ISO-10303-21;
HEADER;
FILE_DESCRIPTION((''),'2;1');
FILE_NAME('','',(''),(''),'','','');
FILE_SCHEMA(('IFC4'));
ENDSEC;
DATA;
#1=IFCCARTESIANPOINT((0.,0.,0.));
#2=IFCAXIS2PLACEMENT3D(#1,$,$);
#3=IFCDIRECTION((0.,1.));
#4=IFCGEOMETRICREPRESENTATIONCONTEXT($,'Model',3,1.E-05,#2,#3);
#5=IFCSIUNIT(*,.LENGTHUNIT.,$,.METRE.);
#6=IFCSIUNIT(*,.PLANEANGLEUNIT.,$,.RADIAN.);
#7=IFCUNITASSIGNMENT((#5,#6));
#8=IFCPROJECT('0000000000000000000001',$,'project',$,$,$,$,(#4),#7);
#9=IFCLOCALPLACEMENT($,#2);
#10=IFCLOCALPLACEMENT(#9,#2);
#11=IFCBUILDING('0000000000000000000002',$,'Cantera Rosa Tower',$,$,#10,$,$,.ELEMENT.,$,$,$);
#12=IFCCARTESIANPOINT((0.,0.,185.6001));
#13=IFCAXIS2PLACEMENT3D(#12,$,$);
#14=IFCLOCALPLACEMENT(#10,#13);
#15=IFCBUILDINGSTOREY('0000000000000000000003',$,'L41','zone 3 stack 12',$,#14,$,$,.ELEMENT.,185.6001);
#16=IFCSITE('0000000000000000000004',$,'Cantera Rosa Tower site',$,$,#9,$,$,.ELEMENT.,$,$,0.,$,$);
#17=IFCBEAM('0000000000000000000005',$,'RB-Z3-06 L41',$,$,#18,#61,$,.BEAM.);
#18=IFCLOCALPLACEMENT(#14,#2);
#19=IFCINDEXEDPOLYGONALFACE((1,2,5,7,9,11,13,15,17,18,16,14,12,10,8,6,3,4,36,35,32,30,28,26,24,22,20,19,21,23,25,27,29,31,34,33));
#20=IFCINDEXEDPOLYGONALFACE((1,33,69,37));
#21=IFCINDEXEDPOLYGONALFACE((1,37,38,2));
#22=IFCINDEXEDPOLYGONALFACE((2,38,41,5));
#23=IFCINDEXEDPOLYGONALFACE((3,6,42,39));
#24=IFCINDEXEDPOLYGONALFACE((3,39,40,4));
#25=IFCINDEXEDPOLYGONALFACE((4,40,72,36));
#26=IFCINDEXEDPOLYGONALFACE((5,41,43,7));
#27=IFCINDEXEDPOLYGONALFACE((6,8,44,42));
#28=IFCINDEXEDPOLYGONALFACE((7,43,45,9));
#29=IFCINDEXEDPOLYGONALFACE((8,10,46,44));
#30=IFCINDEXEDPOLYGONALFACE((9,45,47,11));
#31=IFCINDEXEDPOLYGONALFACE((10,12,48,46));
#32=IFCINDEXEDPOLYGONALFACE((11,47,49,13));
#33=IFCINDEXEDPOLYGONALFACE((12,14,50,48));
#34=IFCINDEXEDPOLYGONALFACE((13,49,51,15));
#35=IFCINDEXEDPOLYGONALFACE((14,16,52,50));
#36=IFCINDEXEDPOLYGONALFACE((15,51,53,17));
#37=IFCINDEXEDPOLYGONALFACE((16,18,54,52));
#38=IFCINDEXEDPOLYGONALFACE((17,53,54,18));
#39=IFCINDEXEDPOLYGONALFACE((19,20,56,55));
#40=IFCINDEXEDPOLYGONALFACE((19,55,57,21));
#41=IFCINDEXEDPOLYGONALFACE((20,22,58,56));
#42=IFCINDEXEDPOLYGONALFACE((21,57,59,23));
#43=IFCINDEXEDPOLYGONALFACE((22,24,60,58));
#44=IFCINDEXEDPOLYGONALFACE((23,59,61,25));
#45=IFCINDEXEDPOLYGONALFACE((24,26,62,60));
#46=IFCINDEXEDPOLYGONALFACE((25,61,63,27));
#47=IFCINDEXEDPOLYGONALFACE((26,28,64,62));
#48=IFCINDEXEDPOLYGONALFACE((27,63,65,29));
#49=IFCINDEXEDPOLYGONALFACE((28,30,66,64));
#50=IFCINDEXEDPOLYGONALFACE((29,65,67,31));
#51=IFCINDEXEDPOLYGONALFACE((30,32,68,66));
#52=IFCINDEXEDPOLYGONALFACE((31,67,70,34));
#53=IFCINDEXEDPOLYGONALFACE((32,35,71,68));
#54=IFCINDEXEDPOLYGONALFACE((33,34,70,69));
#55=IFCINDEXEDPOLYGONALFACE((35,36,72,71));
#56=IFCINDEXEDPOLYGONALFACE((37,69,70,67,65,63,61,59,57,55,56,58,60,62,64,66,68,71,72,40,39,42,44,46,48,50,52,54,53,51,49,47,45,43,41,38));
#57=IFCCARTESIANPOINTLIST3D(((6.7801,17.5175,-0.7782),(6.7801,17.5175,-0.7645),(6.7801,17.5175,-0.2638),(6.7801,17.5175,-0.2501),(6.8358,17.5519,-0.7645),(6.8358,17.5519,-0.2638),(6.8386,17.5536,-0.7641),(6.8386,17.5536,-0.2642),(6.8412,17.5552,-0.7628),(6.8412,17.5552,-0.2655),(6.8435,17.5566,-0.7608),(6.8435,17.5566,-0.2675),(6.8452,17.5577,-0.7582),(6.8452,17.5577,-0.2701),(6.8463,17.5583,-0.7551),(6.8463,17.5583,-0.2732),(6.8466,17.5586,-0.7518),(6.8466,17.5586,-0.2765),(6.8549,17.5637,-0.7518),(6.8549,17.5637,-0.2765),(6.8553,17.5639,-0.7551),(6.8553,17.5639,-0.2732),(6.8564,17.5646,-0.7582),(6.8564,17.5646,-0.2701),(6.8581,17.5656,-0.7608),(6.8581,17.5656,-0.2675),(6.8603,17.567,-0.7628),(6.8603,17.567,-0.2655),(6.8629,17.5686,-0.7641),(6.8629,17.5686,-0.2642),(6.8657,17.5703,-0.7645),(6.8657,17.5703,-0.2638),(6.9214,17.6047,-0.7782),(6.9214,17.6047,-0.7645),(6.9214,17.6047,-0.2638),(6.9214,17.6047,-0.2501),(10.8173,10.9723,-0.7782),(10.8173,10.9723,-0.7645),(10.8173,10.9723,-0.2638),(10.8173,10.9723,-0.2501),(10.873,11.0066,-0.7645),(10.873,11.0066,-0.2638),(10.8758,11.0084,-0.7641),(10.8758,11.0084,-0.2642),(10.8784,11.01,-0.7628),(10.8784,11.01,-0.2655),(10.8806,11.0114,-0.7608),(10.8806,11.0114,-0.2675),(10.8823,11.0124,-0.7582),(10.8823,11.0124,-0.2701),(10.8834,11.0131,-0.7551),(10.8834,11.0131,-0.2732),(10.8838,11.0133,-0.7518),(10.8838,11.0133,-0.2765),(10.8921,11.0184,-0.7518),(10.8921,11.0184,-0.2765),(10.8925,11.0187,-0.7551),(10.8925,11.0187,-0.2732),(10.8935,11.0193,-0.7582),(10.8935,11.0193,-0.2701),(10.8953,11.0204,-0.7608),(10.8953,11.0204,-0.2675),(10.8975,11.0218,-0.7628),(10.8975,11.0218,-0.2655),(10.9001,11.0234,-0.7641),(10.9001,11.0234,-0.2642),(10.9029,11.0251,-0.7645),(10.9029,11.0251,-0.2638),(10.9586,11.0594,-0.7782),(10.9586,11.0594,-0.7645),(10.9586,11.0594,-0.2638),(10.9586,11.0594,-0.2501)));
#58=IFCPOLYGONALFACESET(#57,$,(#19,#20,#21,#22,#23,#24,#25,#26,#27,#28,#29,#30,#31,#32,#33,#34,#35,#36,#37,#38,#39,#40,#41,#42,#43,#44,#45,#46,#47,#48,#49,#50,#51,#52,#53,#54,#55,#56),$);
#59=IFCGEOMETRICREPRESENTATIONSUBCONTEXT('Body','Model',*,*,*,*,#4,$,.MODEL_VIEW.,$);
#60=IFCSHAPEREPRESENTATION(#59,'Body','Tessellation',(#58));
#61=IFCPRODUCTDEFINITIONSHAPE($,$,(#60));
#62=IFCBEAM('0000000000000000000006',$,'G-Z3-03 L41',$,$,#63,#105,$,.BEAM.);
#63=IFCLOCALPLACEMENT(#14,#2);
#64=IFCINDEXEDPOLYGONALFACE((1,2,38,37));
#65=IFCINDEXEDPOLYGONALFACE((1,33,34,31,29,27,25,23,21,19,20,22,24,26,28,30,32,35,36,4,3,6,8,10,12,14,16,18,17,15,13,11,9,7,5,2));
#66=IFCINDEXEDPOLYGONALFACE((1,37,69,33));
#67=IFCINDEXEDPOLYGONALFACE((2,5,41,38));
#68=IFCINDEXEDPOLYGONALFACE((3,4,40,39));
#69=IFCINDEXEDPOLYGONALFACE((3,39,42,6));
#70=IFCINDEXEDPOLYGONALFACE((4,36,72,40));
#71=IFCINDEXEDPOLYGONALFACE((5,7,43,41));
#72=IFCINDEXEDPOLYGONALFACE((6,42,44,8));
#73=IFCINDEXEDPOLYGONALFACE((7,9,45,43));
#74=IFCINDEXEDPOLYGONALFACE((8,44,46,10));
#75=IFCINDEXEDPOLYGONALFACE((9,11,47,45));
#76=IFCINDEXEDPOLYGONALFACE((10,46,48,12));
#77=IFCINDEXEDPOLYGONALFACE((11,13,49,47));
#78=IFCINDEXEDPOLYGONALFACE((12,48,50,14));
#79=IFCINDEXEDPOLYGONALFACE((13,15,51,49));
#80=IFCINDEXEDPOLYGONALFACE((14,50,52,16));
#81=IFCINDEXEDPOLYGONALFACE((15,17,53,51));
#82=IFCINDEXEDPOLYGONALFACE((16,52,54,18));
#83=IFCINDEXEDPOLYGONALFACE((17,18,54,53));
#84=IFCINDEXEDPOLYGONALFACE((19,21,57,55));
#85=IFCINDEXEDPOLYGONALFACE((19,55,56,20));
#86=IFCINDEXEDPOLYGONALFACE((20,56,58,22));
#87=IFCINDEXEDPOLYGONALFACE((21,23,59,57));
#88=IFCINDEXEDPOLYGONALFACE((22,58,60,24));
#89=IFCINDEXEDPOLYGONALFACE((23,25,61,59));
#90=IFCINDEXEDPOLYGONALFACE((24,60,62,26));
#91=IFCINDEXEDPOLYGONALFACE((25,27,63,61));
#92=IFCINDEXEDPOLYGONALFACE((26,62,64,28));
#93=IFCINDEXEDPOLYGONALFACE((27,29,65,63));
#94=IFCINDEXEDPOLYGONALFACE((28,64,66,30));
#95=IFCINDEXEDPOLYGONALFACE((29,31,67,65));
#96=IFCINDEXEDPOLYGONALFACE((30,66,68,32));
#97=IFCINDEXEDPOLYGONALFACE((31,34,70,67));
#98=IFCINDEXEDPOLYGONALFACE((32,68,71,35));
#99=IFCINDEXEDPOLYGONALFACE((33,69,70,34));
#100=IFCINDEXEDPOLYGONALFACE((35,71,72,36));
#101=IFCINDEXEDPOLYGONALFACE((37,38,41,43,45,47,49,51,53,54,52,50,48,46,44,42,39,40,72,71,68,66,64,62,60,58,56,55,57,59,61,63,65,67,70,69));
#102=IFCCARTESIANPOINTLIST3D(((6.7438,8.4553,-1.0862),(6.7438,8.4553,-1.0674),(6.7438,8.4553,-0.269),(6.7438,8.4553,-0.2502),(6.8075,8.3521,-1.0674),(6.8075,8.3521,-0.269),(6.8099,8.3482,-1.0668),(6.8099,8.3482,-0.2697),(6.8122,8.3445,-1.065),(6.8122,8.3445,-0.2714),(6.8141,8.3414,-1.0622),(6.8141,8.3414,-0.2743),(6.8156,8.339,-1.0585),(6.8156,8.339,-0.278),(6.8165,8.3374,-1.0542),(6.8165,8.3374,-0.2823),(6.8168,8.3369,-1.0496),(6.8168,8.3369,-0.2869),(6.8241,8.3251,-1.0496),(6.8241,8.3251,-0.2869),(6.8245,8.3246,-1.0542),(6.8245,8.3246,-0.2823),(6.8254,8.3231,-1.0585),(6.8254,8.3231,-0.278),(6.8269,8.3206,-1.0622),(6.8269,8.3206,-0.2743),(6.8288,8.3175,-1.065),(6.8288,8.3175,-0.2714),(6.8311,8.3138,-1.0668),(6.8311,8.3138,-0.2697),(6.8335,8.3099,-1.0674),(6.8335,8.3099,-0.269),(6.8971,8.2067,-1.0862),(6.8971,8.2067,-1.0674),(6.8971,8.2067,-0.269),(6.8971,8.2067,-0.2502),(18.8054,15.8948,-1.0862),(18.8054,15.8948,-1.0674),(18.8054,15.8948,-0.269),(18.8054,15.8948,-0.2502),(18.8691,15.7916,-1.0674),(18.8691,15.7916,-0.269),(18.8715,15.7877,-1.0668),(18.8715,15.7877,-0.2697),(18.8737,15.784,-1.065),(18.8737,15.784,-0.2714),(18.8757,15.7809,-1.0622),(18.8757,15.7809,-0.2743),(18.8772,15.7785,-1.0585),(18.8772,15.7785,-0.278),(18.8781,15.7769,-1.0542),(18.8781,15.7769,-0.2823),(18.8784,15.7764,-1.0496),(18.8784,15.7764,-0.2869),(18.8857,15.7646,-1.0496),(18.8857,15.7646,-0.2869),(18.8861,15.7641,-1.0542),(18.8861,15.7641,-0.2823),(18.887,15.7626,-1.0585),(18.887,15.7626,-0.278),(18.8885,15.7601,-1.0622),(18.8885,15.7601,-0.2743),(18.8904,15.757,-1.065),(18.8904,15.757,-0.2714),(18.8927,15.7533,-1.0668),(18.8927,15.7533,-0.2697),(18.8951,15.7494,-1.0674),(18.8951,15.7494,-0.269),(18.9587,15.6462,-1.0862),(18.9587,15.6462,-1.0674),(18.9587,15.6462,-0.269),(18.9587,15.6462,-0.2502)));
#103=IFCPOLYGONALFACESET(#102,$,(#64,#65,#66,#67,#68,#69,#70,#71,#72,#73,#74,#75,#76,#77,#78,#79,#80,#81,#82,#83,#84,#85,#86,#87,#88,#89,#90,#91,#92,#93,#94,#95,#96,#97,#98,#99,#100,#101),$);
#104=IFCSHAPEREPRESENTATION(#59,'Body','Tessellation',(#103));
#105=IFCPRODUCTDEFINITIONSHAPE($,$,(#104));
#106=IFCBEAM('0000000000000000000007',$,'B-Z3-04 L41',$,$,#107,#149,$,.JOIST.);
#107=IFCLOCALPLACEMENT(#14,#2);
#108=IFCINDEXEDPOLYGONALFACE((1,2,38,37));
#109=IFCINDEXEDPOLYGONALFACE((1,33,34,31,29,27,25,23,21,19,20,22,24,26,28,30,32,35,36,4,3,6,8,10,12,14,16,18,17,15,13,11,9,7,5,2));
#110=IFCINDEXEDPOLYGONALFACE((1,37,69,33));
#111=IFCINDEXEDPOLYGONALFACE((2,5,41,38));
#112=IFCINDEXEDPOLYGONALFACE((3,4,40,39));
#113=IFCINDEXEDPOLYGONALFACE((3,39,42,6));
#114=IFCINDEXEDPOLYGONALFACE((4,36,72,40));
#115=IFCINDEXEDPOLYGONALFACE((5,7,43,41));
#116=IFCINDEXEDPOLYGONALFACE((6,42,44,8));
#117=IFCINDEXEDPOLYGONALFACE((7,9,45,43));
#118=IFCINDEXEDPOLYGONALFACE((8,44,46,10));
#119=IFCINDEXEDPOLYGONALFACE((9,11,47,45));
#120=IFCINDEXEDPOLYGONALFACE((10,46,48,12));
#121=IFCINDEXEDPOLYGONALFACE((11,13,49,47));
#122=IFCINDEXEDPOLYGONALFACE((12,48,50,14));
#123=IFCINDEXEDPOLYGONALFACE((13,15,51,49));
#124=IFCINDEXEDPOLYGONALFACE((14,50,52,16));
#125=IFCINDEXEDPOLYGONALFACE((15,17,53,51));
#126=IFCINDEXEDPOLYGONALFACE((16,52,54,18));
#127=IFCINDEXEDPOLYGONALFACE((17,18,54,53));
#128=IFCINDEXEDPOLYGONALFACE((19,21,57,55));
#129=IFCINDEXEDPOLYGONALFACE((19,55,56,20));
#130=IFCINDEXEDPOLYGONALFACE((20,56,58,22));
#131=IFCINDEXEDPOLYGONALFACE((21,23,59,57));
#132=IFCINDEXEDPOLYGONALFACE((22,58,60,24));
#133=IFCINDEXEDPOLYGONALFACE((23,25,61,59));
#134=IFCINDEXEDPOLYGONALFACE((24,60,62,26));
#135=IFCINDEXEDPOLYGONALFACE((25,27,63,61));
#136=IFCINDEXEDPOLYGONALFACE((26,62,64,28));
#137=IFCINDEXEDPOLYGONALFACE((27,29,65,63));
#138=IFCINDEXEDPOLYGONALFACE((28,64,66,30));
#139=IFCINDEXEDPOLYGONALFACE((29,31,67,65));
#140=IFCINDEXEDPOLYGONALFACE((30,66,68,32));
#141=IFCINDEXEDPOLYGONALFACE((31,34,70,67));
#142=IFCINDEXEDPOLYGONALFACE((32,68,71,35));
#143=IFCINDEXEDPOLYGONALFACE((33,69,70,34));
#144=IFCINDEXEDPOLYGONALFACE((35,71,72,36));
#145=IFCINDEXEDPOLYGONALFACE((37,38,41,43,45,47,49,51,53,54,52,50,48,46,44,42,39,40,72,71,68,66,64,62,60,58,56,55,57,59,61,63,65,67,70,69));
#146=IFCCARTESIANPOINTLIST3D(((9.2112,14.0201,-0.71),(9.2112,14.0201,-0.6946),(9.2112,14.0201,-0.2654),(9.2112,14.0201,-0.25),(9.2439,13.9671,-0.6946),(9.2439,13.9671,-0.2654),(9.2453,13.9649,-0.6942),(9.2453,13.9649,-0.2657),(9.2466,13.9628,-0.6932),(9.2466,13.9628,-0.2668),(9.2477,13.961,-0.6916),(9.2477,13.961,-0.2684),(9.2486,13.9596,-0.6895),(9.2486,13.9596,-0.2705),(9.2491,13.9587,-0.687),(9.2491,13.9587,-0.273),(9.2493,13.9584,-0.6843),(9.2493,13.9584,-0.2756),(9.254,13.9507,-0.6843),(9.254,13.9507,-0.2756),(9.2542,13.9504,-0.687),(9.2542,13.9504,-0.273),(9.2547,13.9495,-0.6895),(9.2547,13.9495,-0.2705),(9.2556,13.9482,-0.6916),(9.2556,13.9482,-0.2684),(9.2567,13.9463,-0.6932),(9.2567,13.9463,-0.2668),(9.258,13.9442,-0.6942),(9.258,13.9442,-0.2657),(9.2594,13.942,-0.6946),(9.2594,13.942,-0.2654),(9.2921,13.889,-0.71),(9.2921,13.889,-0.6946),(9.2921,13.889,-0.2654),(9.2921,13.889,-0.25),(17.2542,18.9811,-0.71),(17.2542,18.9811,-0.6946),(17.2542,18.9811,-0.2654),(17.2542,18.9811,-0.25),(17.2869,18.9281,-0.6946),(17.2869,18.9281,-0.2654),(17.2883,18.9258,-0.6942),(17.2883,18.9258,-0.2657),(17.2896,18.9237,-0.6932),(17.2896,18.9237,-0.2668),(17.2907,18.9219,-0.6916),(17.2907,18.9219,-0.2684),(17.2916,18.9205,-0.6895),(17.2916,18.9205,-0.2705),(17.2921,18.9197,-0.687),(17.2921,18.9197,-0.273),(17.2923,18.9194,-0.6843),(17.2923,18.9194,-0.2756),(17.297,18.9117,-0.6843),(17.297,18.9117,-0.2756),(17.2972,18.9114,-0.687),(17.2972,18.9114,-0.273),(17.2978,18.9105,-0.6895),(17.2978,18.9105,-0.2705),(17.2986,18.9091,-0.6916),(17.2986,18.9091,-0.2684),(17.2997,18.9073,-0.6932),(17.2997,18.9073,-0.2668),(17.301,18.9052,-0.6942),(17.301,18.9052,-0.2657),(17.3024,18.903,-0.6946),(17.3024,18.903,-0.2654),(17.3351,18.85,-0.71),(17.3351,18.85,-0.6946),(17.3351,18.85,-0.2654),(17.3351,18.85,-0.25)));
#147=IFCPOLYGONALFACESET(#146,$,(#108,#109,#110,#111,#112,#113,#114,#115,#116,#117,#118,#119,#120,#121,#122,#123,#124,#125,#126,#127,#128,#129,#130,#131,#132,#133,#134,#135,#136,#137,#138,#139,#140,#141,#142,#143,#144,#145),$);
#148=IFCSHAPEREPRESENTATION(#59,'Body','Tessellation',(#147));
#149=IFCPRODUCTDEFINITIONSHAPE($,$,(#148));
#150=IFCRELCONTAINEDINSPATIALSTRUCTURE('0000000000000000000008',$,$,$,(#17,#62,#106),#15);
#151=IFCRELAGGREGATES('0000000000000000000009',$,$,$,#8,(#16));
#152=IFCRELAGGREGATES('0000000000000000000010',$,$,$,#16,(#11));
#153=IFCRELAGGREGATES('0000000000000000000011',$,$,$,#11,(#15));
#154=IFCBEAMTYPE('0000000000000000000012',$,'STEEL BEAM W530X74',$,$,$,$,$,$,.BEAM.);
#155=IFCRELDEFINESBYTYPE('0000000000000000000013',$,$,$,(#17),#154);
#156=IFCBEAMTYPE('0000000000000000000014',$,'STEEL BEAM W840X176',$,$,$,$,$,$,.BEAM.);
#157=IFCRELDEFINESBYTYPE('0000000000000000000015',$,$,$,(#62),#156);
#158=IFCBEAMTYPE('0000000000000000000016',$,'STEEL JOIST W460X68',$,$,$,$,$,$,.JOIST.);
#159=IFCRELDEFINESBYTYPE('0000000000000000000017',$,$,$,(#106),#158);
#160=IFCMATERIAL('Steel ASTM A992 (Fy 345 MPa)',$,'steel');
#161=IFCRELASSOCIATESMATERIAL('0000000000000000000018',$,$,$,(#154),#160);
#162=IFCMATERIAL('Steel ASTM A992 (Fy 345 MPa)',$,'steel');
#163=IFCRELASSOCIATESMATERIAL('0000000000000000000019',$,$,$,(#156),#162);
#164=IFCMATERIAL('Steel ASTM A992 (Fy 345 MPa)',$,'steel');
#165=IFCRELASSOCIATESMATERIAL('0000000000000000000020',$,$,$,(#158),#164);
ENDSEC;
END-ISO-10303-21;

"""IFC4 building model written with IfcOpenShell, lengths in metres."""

from ifc_helpers import new_model, si_unit, direction, frame, origin, origin_2d, place, context, subcontext, project, spatial, i_section, extrude, material, material_profile, profile_set, type_object, element, save


model = new_model("IFC4")

# Units and contexts
model_context = context("Model", 3, precision=1e-05, world=origin(), true_north=direction((0.0, 1.0)))
body_context = subcontext(model_context, "Body", "Model", "MODEL_VIEW")
ifc_project = project(units=[si_unit("LENGTHUNIT", "METRE"), si_unit("PLANEANGLEUNIT", "RADIAN")], contexts=[model_context])

# Site, building, storey
site_placement = place(None, origin())
site = spatial("IfcSite", under=ifc_project, at=site_placement, Name="Cantera Rosa Tower site", CompositionType="ELEMENT", RefElevation=0.0)
building_placement = place(site_placement, origin())
building = spatial("IfcBuilding", under=site, at=building_placement, Name="Cantera Rosa Tower", CompositionType="ELEMENT")
storey_placement = place(building_placement, frame((0.0, 0.0, 185.6001)))
storey = spatial("IfcBuildingStorey", under=building, at=storey_placement, Name="L41", Description="zone 3 stack 12", CompositionType="ELEMENT", Elevation=185.6001)

# Beams
ifc_material_1 = material(Name="Steel ASTM A992 (Fy 345 MPa)", Category="steel")
ifc_material_profile_1 = material_profile(ifc_material_1, i_section(OverallWidth=0.166, OverallDepth=0.5281, WebThickness=0.0098, FlangeThickness=0.0137, FilletRadius=0.0127, at=origin_2d()), Name="W530X74")
ifc_profile_set_1 = profile_set([ifc_material_profile_1], Name="Steel ASTM A992 (Fy 345 MPa)")
beam_type_1 = type_object("IfcBeamType", Name="STEEL BEAM W530X74", PredefinedType="BEAM", material=ifc_profile_set_1)
beam_1_placement = place(storey_placement, frame((10.8879, 11.0159, -0.5142), z_axis=(-0.524976, 0.851117, 0.0), x_axis=(-0.851117, -0.524976, 0.0)))
element("IfcBeam", 1, at=beam_1_placement, inside=storey, type_object=beam_type_1, Name="RB-Z3-06 L41", PredefinedType="BEAM", context=body_context, shape_type="SweptSolid", body=[
    extrude(i_section(OverallWidth=0.166, OverallDepth=0.5281, WebThickness=0.0098, FlangeThickness=0.0137, FilletRadius=0.0127, at=origin_2d()), origin(), (0.0, 0.0, 1.0), 7.6902),
])
ifc_material_2 = material(Name="Steel ASTM A992 (Fy 345 MPa)", Category="steel")
ifc_material_profile_2 = material_profile(ifc_material_2, i_section(OverallWidth=0.292, OverallDepth=0.8359, WebThickness=0.0139, FlangeThickness=0.0188, FilletRadius=0.0178, at=origin_2d()), Name="W840X176")
ifc_profile_set_2 = profile_set([ifc_material_profile_2], Name="Steel ASTM A992 (Fy 345 MPa)")
beam_type_2 = type_object("IfcBeamType", Name="STEEL BEAM W840X176", PredefinedType="BEAM", material=ifc_profile_set_2)
beam_2_placement = place(storey_placement, frame((18.8821, 15.7705, -0.6682), z_axis=(-0.851123, -0.524966, 0.0), x_axis=(0.524966, -0.851123, 0.0)))
element("IfcBeam", 2, at=beam_2_placement, inside=storey, type_object=beam_type_2, Name="G-Z3-03 L41", PredefinedType="BEAM", context=body_context, shape_type="SweptSolid", body=[
    extrude(i_section(OverallWidth=0.292, OverallDepth=0.8359, WebThickness=0.0139, FlangeThickness=0.0188, FilletRadius=0.0178, at=origin_2d()), origin(), (0.0, 0.0, 1.0), 14.1714),
])
ifc_material_3 = material(Name="Steel ASTM A992 (Fy 345 MPa)", Category="steel")
ifc_material_profile_3 = material_profile(ifc_material_3, i_section(OverallWidth=0.1541, OverallDepth=0.46, WebThickness=0.009, FlangeThickness=0.0154, FilletRadius=0.0103, at=origin_2d()), Name="W460X68")
ifc_profile_set_3 = profile_set([ifc_material_profile_3], Name="Steel ASTM A992 (Fy 345 MPa)")
beam_type_3 = type_object("IfcBeamType", Name="STEEL JOIST W460X68", PredefinedType="JOIST", material=ifc_profile_set_3)
beam_3_placement = place(storey_placement, frame((17.2947, 18.9155, -0.48), z_axis=(-0.851119, -0.524974, 0.0), x_axis=(0.524974, -0.851119, 0.0)))
element("IfcBeam", 3, at=beam_3_placement, inside=storey, type_object=beam_type_3, Name="B-Z3-04 L41", PredefinedType="JOIST", context=body_context, shape_type="SweptSolid", body=[
    extrude(i_section(OverallWidth=0.1541, OverallDepth=0.46, WebThickness=0.009, FlangeThickness=0.0154, FilletRadius=0.0103, at=origin_2d()), origin(), (0.0, 0.0, 1.0), 9.45),
])

save(model, "model.ifc")
